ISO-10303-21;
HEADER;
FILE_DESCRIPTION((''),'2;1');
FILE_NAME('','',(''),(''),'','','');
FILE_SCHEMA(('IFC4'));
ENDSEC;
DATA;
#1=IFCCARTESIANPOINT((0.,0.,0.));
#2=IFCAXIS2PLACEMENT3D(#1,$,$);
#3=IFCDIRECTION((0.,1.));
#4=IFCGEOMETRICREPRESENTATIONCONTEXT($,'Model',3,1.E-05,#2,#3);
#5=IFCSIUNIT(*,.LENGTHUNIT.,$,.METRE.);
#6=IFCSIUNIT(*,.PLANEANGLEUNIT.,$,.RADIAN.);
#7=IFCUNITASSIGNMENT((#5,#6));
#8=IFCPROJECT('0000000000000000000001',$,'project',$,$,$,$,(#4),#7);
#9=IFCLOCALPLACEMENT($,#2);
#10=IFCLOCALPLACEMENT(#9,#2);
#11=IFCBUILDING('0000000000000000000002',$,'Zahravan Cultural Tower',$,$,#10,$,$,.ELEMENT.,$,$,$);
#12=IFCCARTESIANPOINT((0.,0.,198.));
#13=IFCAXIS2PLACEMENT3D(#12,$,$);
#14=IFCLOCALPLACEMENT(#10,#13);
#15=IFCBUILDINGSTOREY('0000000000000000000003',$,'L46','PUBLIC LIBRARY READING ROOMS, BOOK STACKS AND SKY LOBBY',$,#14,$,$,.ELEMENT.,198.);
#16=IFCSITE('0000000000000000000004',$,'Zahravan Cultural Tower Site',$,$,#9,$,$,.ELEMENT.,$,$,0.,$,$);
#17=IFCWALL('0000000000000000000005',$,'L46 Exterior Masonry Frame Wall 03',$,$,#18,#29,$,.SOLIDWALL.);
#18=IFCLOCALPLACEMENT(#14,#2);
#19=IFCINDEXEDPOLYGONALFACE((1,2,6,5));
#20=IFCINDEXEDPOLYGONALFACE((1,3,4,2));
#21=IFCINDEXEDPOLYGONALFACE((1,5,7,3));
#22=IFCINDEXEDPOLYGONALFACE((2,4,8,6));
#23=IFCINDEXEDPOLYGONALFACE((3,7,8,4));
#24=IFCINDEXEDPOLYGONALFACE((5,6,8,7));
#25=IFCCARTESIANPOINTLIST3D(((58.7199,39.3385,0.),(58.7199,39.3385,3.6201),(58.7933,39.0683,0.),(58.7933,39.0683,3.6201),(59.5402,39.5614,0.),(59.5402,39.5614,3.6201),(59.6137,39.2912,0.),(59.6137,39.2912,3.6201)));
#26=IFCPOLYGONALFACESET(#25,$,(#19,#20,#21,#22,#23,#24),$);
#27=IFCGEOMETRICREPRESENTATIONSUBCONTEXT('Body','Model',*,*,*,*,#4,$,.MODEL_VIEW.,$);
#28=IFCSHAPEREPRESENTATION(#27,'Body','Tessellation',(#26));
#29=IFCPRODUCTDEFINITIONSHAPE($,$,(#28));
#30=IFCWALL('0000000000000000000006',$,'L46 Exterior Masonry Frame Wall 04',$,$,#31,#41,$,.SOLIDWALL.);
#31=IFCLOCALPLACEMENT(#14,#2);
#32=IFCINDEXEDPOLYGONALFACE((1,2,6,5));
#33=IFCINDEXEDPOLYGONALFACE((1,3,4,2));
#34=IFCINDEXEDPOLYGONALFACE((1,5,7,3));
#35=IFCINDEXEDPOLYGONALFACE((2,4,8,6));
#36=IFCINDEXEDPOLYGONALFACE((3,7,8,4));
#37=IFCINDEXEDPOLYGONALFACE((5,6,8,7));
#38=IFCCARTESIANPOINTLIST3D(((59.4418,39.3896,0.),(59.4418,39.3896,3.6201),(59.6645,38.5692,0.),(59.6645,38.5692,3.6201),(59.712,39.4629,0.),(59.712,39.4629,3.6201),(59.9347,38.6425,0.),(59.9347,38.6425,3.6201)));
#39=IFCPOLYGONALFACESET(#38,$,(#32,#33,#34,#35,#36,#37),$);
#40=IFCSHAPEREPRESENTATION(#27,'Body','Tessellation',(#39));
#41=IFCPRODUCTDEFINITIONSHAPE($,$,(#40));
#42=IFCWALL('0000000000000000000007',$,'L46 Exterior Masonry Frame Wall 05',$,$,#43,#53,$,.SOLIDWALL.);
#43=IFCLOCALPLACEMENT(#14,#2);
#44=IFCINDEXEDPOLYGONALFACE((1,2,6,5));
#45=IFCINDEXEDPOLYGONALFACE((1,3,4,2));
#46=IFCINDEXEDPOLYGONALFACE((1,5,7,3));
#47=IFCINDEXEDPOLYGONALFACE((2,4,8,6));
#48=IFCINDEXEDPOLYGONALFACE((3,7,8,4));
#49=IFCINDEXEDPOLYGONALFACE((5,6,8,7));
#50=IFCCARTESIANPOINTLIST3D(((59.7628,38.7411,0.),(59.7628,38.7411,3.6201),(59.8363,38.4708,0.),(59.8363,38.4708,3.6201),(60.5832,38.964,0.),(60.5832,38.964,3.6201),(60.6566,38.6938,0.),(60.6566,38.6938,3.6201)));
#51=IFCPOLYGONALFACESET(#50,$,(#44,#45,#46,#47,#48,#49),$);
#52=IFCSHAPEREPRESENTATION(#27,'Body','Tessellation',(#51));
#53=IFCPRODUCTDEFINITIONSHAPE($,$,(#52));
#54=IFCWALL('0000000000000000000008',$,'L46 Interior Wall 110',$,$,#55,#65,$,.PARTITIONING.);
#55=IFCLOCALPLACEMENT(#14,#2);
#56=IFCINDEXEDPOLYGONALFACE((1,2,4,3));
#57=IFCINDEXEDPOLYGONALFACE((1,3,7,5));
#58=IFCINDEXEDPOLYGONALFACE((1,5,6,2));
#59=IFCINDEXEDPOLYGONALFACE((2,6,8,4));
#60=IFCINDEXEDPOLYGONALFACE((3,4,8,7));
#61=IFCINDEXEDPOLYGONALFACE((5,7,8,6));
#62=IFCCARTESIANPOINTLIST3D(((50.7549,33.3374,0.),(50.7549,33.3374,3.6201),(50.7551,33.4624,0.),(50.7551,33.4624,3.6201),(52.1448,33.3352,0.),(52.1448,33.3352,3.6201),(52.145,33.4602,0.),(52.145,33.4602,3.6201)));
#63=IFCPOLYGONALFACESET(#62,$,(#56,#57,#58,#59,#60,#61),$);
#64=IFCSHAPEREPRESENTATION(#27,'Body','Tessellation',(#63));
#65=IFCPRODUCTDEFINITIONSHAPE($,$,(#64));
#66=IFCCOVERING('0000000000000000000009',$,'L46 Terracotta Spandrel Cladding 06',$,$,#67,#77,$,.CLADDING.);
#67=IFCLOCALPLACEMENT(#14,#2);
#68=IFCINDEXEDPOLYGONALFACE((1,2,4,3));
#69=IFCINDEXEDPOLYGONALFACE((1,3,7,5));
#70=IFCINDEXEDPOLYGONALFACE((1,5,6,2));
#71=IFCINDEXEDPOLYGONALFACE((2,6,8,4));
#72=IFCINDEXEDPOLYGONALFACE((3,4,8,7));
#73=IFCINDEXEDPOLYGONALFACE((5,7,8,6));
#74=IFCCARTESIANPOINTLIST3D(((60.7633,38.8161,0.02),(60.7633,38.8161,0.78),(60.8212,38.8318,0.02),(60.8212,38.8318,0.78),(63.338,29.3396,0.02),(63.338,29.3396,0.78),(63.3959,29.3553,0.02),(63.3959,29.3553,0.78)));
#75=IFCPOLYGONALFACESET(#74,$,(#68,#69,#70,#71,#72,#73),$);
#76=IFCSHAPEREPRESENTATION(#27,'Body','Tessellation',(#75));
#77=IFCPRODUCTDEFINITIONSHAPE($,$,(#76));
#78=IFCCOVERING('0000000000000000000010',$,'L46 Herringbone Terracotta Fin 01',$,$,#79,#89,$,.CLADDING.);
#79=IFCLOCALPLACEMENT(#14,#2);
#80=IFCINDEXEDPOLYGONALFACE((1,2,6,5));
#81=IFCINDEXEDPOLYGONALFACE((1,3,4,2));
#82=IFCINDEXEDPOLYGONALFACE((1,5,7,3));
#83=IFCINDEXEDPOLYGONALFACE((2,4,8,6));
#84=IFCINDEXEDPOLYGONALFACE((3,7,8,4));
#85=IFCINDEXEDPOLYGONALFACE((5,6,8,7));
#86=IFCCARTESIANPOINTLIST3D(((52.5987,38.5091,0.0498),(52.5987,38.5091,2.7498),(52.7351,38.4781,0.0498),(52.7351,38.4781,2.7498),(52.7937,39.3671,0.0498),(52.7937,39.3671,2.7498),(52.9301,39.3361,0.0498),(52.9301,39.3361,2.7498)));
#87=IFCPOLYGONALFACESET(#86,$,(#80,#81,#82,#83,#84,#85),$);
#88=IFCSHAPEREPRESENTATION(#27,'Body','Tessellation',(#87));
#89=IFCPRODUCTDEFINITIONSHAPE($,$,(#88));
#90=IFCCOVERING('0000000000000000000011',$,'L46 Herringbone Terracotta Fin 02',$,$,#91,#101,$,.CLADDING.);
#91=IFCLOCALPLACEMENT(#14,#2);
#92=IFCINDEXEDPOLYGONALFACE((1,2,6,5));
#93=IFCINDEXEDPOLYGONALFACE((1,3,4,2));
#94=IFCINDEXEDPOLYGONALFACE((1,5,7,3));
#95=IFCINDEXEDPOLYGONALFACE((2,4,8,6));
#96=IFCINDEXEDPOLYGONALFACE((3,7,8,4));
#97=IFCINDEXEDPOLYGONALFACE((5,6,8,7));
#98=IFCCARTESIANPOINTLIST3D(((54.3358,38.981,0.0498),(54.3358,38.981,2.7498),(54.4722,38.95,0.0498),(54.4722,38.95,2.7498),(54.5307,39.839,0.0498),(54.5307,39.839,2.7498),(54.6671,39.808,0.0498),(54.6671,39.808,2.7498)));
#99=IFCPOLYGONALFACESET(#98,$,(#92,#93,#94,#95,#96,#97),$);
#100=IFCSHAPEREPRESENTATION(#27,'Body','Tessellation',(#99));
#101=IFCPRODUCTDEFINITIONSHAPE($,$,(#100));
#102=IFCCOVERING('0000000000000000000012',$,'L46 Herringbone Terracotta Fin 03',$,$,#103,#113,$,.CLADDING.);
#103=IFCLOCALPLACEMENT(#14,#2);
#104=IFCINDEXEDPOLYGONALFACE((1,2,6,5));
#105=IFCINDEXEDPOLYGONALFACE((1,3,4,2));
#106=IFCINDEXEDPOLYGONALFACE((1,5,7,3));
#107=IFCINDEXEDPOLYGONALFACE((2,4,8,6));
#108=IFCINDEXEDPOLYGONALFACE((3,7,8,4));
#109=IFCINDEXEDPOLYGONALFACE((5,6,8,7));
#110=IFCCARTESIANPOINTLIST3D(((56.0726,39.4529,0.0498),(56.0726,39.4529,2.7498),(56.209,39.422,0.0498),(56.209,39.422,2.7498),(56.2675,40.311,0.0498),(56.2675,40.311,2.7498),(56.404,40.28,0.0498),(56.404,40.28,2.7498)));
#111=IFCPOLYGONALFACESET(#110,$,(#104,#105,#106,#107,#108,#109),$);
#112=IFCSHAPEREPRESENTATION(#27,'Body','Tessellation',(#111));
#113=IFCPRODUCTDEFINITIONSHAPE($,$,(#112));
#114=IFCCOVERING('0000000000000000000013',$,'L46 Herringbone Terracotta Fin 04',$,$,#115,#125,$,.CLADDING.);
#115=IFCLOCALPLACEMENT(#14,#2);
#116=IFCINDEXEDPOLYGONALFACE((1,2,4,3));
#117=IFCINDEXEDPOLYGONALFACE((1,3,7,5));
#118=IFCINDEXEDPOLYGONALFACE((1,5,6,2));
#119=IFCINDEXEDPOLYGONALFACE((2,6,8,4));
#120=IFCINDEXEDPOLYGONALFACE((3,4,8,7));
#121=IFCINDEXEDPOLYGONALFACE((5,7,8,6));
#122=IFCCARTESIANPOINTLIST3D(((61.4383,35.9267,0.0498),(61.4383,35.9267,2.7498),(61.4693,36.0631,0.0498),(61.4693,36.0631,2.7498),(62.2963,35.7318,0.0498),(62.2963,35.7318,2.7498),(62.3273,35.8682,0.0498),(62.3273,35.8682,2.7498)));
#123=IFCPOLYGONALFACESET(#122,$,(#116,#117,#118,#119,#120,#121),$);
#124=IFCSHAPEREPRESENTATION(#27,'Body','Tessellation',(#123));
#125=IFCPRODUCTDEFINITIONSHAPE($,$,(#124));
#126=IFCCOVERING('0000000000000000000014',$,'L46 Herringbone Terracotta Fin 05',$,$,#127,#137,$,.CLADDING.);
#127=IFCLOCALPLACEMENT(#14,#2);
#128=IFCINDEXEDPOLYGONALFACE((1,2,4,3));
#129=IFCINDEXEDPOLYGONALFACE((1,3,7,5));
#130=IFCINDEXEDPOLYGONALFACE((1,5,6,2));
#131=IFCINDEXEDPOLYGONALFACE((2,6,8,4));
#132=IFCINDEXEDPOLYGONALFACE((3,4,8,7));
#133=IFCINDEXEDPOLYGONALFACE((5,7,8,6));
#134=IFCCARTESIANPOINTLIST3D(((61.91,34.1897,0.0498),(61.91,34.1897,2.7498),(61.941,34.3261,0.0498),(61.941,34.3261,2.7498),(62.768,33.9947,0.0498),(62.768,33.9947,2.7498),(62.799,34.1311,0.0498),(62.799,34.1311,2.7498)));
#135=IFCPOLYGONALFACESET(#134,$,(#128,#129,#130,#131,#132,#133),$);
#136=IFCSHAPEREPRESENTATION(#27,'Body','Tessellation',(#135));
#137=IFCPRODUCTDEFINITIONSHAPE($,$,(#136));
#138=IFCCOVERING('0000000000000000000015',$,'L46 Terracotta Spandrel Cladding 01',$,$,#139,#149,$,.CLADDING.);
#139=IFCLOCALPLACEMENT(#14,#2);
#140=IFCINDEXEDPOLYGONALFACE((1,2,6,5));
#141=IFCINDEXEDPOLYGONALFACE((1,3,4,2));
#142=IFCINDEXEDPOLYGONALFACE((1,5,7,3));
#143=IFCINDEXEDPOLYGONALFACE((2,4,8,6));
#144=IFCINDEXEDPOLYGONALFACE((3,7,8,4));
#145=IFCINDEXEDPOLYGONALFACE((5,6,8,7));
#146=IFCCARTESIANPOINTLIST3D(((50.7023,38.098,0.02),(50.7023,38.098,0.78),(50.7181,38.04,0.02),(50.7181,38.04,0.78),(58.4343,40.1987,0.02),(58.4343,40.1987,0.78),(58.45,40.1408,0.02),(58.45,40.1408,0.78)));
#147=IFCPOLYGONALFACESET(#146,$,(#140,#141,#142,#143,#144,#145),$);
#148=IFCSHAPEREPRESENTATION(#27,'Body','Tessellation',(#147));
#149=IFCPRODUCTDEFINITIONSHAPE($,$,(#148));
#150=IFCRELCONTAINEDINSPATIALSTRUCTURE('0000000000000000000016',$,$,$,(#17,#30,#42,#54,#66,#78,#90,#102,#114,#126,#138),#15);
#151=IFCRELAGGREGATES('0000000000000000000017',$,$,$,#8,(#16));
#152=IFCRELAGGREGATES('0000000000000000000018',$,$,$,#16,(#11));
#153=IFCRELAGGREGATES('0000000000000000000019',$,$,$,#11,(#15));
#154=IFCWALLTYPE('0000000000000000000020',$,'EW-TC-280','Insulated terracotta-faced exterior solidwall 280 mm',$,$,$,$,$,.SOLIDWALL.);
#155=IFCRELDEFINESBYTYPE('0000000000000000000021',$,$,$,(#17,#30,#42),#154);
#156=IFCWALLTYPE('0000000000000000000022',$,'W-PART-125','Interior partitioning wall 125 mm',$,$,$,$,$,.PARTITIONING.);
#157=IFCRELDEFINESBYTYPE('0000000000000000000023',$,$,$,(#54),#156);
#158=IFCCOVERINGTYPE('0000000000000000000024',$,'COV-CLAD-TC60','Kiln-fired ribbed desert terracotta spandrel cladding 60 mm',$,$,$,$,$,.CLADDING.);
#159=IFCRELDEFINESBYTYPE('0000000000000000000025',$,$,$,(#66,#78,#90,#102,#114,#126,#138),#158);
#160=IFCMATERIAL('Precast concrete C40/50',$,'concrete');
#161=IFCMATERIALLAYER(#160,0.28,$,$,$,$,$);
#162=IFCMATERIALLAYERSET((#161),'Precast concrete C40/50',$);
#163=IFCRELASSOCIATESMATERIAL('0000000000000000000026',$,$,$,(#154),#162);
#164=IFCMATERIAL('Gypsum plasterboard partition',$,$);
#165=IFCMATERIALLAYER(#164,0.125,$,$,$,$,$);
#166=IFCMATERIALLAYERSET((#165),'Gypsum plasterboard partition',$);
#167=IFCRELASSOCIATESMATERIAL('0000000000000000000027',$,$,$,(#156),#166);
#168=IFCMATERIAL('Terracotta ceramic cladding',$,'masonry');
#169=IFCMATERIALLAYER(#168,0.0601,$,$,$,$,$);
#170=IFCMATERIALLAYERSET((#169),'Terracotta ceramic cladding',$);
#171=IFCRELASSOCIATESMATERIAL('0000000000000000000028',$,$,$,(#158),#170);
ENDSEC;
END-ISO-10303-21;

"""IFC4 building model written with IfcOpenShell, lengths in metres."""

from ifc_helpers import new_model, si_unit, direction, frame, frame_2d, origin, origin_2d, place, context, subcontext, project, spatial, rectangle, extrude, source, transform, mapped, material, layer, layer_set, type_object, element, save


model = new_model("IFC4")

# Units and contexts
model_context = context("Model", 3, precision=1e-05, world=origin(), true_north=direction((0.0, 1.0)))
body_context = subcontext(model_context, "Body", "Model", "MODEL_VIEW")
ifc_project = project(units=[si_unit("LENGTHUNIT", "METRE"), si_unit("PLANEANGLEUNIT", "RADIAN")], contexts=[model_context])

# Site, building, storey
site_placement = place(None, origin())
site = spatial("IfcSite", under=ifc_project, at=site_placement, Name="Zahravan Cultural Tower Site", CompositionType="ELEMENT", RefElevation=0.0)
building_placement = place(site_placement, origin())
building = spatial("IfcBuilding", under=site, at=building_placement, Name="Zahravan Cultural Tower", CompositionType="ELEMENT")
storey_placement = place(building_placement, frame((0.0, 0.0, 198.0)))
storey = spatial("IfcBuildingStorey", under=building, at=storey_placement, Name="L46", Description="PUBLIC LIBRARY READING ROOMS, BOOK STACKS AND SKY LOBBY", CompositionType="ELEMENT", Elevation=198.0)

# Shared definitions
ifc_material_1 = material(Name="Precast concrete C40/50", Category="concrete")
ifc_layer_1 = layer(ifc_material_1, 0.28)
ifc_layer_set_1 = layer_set([ifc_layer_1], Name="Precast concrete C40/50")
wall_type_1 = type_object("IfcWallType", Name="EW-TC-280", Description="Insulated terracotta-faced exterior solidwall 280 mm", PredefinedType="SOLIDWALL", material=ifc_layer_set_1)

# Shared definitions
ifc_material_2 = material(Name="Gypsum plasterboard partition")
ifc_layer_2 = layer(ifc_material_2, 0.125)
ifc_layer_set_2 = layer_set([ifc_layer_2], Name="Gypsum plasterboard partition")
wall_type_2 = type_object("IfcWallType", Name="W-PART-125", Description="Interior partitioning wall 125 mm", PredefinedType="PARTITIONING", material=ifc_layer_set_2)

# Walls
shared_shape_1 = source(origin(), body_context, "Body", "SweptSolid", [
    extrude(rectangle(XDim=0.8501, YDim=0.28, at=frame_2d((0.425, 0.0))), origin(), (0.0, 0.0, 1.0), 3.6201),
])
for number, where, z_axis, x_axis, name in (
    (1, (58.7566, 39.2034, 0.0), (0.0, 0.0, 1.0), (0.965009, 0.262218, 0.0), "L46 Exterior Masonry Frame Wall 03"),
    (2, (59.5769, 39.4263, 0.0), (0.0, 0.0, 1.0), (0.261951, -0.965081, 0.0), "L46 Exterior Masonry Frame Wall 04"),
    (3, (59.7996, 38.606, 0.0), (0.0, 0.0, 1.0), (0.965009, 0.262218, 0.0), "L46 Exterior Masonry Frame Wall 05"),
):
    element("IfcWall", number, at=place(storey_placement, frame(where, z_axis=z_axis, x_axis=x_axis)), inside=storey, type_object=wall_type_1, Name=name, PredefinedType="SOLIDWALL", context=body_context, shape_type="MappedRepresentation", body=[
        mapped(shared_shape_1, transform((0.0, 0.0, 0.0), x_axis=(1.0, 0.0, 0.0), y_axis=(0.0, 1.0, 0.0), z_axis=(0.0, 0.0, 1.0), scale=1.0)),
    ])
shared_shape_2 = source(origin(), body_context, "Body", "SweptSolid", [
    extrude(rectangle(XDim=1.3899, YDim=0.125, at=frame_2d((0.6948, 0.0))), origin(), (0.0, 0.0, 1.0), 3.6201),
])
wall_1_placement = place(storey_placement, frame((52.1448, 33.3977, 0.0), z_axis=(0.0, 0.0, 1.0), x_axis=(-0.999999, 0.001581, 0.0)))
element("IfcWall", 4, at=wall_1_placement, inside=storey, type_object=wall_type_2, Name="L46 Interior Wall 110", PredefinedType="PARTITIONING", context=body_context, shape_type="MappedRepresentation", body=[
    mapped(shared_shape_2, transform((0.0, 0.0, 0.0), x_axis=(1.0, 0.0, 0.0), y_axis=(0.0, 1.0, 0.0), z_axis=(0.0, 0.0, 1.0), scale=1.0)),
])

# Coverings
ifc_material_3 = material(Name="Terracotta ceramic cladding", Category="masonry")
ifc_layer_3 = layer(ifc_material_3, 0.0601)
ifc_layer_set_3 = layer_set([ifc_layer_3], Name="Terracotta ceramic cladding")
covering_type = type_object("IfcCoveringType", Name="COV-CLAD-TC60", Description="Kiln-fired ribbed desert terracotta spandrel cladding 60 mm", PredefinedType="CLADDING", material=ifc_layer_set_3)
shared_shape_3 = source(origin(), body_context, "Body", "SweptSolid", [
    extrude(rectangle(XDim=9.8201, YDim=0.0601, at=origin_2d()), origin(), (0.0, 0.0, 1.0), 0.76),
])
covering_1_placement = place(storey_placement, frame((62.0796, 34.0857, 0.02), z_axis=(0.0, 0.0, 1.0), x_axis=(0.262189, -0.965016, 0.0)))
element("IfcCovering", 5, at=covering_1_placement, inside=storey, type_object=covering_type, Name="L46 Terracotta Spandrel Cladding 06", PredefinedType="CLADDING", context=body_context, shape_type="MappedRepresentation", body=[
    mapped(shared_shape_3, transform((0.0, 0.0, 0.0), x_axis=(1.0, 0.0, 0.0), y_axis=(0.0, 1.0, 0.0), z_axis=(0.0, 0.0, 1.0), scale=1.0)),
])
shared_shape_4 = source(origin(), body_context, "Body", "SweptSolid", [
    extrude(rectangle(XDim=0.8799, YDim=0.1399, at=origin_2d()), origin(), (0.0, 0.0, 1.0), 2.7),
])
for number, where, z_axis, x_axis, name in (
    (6, (52.7644, 38.9226, 0.0498), (0.0, 0.0, 1.0), (0.221548, 0.975149, 0.0), "L46 Herringbone Terracotta Fin 01"),
    (7, (54.5015, 39.3945, 0.0498), (0.0, 0.0, 1.0), (0.221548, 0.975149, 0.0), "L46 Herringbone Terracotta Fin 02"),
    (8, (56.2383, 39.8665, 0.0498), (0.0, 0.0, 1.0), (0.221548, 0.975149, 0.0), "L46 Herringbone Terracotta Fin 03"),
    (9, (61.8828, 35.8975, 0.0498), (0.0, 0.0, 1.0), (0.975149, -0.221548, 0.0), "L46 Herringbone Terracotta Fin 04"),
    (10, (62.3545, 34.1604, 0.0498), (0.0, 0.0, 1.0), (0.975149, -0.221548, 0.0), "L46 Herringbone Terracotta Fin 05"),
):
    element("IfcCovering", number, at=place(storey_placement, frame(where, z_axis=z_axis, x_axis=x_axis)), inside=storey, type_object=covering_type, Name=name, PredefinedType="CLADDING", context=body_context, shape_type="MappedRepresentation", body=[
        mapped(shared_shape_4, transform((0.0, 0.0, 0.0), x_axis=(1.0, 0.0, 0.0), y_axis=(0.0, 1.0, 0.0), z_axis=(0.0, 0.0, 1.0), scale=1.0)),
    ])
shared_shape_5 = source(origin(), body_context, "Body", "SweptSolid", [
    extrude(rectangle(XDim=8.0122, YDim=0.0601, at=origin_2d()), origin(), (0.0, 0.0, 1.0), 0.76),
])
covering_2_placement = place(storey_placement, frame((54.5762, 39.1194, 0.02), z_axis=(0.0, 0.0, 1.0), x_axis=(0.965016, 0.262189, 0.0)))
element("IfcCovering", 11, at=covering_2_placement, inside=storey, type_object=covering_type, Name="L46 Terracotta Spandrel Cladding 01", PredefinedType="CLADDING", context=body_context, shape_type="MappedRepresentation", body=[
    mapped(shared_shape_5, transform((0.0, 0.0, 0.0), x_axis=(1.0, 0.0, 0.0), y_axis=(0.0, 1.0, 0.0), z_axis=(0.0, 0.0, 1.0), scale=1.0)),
])

save(model, "model.ifc")
